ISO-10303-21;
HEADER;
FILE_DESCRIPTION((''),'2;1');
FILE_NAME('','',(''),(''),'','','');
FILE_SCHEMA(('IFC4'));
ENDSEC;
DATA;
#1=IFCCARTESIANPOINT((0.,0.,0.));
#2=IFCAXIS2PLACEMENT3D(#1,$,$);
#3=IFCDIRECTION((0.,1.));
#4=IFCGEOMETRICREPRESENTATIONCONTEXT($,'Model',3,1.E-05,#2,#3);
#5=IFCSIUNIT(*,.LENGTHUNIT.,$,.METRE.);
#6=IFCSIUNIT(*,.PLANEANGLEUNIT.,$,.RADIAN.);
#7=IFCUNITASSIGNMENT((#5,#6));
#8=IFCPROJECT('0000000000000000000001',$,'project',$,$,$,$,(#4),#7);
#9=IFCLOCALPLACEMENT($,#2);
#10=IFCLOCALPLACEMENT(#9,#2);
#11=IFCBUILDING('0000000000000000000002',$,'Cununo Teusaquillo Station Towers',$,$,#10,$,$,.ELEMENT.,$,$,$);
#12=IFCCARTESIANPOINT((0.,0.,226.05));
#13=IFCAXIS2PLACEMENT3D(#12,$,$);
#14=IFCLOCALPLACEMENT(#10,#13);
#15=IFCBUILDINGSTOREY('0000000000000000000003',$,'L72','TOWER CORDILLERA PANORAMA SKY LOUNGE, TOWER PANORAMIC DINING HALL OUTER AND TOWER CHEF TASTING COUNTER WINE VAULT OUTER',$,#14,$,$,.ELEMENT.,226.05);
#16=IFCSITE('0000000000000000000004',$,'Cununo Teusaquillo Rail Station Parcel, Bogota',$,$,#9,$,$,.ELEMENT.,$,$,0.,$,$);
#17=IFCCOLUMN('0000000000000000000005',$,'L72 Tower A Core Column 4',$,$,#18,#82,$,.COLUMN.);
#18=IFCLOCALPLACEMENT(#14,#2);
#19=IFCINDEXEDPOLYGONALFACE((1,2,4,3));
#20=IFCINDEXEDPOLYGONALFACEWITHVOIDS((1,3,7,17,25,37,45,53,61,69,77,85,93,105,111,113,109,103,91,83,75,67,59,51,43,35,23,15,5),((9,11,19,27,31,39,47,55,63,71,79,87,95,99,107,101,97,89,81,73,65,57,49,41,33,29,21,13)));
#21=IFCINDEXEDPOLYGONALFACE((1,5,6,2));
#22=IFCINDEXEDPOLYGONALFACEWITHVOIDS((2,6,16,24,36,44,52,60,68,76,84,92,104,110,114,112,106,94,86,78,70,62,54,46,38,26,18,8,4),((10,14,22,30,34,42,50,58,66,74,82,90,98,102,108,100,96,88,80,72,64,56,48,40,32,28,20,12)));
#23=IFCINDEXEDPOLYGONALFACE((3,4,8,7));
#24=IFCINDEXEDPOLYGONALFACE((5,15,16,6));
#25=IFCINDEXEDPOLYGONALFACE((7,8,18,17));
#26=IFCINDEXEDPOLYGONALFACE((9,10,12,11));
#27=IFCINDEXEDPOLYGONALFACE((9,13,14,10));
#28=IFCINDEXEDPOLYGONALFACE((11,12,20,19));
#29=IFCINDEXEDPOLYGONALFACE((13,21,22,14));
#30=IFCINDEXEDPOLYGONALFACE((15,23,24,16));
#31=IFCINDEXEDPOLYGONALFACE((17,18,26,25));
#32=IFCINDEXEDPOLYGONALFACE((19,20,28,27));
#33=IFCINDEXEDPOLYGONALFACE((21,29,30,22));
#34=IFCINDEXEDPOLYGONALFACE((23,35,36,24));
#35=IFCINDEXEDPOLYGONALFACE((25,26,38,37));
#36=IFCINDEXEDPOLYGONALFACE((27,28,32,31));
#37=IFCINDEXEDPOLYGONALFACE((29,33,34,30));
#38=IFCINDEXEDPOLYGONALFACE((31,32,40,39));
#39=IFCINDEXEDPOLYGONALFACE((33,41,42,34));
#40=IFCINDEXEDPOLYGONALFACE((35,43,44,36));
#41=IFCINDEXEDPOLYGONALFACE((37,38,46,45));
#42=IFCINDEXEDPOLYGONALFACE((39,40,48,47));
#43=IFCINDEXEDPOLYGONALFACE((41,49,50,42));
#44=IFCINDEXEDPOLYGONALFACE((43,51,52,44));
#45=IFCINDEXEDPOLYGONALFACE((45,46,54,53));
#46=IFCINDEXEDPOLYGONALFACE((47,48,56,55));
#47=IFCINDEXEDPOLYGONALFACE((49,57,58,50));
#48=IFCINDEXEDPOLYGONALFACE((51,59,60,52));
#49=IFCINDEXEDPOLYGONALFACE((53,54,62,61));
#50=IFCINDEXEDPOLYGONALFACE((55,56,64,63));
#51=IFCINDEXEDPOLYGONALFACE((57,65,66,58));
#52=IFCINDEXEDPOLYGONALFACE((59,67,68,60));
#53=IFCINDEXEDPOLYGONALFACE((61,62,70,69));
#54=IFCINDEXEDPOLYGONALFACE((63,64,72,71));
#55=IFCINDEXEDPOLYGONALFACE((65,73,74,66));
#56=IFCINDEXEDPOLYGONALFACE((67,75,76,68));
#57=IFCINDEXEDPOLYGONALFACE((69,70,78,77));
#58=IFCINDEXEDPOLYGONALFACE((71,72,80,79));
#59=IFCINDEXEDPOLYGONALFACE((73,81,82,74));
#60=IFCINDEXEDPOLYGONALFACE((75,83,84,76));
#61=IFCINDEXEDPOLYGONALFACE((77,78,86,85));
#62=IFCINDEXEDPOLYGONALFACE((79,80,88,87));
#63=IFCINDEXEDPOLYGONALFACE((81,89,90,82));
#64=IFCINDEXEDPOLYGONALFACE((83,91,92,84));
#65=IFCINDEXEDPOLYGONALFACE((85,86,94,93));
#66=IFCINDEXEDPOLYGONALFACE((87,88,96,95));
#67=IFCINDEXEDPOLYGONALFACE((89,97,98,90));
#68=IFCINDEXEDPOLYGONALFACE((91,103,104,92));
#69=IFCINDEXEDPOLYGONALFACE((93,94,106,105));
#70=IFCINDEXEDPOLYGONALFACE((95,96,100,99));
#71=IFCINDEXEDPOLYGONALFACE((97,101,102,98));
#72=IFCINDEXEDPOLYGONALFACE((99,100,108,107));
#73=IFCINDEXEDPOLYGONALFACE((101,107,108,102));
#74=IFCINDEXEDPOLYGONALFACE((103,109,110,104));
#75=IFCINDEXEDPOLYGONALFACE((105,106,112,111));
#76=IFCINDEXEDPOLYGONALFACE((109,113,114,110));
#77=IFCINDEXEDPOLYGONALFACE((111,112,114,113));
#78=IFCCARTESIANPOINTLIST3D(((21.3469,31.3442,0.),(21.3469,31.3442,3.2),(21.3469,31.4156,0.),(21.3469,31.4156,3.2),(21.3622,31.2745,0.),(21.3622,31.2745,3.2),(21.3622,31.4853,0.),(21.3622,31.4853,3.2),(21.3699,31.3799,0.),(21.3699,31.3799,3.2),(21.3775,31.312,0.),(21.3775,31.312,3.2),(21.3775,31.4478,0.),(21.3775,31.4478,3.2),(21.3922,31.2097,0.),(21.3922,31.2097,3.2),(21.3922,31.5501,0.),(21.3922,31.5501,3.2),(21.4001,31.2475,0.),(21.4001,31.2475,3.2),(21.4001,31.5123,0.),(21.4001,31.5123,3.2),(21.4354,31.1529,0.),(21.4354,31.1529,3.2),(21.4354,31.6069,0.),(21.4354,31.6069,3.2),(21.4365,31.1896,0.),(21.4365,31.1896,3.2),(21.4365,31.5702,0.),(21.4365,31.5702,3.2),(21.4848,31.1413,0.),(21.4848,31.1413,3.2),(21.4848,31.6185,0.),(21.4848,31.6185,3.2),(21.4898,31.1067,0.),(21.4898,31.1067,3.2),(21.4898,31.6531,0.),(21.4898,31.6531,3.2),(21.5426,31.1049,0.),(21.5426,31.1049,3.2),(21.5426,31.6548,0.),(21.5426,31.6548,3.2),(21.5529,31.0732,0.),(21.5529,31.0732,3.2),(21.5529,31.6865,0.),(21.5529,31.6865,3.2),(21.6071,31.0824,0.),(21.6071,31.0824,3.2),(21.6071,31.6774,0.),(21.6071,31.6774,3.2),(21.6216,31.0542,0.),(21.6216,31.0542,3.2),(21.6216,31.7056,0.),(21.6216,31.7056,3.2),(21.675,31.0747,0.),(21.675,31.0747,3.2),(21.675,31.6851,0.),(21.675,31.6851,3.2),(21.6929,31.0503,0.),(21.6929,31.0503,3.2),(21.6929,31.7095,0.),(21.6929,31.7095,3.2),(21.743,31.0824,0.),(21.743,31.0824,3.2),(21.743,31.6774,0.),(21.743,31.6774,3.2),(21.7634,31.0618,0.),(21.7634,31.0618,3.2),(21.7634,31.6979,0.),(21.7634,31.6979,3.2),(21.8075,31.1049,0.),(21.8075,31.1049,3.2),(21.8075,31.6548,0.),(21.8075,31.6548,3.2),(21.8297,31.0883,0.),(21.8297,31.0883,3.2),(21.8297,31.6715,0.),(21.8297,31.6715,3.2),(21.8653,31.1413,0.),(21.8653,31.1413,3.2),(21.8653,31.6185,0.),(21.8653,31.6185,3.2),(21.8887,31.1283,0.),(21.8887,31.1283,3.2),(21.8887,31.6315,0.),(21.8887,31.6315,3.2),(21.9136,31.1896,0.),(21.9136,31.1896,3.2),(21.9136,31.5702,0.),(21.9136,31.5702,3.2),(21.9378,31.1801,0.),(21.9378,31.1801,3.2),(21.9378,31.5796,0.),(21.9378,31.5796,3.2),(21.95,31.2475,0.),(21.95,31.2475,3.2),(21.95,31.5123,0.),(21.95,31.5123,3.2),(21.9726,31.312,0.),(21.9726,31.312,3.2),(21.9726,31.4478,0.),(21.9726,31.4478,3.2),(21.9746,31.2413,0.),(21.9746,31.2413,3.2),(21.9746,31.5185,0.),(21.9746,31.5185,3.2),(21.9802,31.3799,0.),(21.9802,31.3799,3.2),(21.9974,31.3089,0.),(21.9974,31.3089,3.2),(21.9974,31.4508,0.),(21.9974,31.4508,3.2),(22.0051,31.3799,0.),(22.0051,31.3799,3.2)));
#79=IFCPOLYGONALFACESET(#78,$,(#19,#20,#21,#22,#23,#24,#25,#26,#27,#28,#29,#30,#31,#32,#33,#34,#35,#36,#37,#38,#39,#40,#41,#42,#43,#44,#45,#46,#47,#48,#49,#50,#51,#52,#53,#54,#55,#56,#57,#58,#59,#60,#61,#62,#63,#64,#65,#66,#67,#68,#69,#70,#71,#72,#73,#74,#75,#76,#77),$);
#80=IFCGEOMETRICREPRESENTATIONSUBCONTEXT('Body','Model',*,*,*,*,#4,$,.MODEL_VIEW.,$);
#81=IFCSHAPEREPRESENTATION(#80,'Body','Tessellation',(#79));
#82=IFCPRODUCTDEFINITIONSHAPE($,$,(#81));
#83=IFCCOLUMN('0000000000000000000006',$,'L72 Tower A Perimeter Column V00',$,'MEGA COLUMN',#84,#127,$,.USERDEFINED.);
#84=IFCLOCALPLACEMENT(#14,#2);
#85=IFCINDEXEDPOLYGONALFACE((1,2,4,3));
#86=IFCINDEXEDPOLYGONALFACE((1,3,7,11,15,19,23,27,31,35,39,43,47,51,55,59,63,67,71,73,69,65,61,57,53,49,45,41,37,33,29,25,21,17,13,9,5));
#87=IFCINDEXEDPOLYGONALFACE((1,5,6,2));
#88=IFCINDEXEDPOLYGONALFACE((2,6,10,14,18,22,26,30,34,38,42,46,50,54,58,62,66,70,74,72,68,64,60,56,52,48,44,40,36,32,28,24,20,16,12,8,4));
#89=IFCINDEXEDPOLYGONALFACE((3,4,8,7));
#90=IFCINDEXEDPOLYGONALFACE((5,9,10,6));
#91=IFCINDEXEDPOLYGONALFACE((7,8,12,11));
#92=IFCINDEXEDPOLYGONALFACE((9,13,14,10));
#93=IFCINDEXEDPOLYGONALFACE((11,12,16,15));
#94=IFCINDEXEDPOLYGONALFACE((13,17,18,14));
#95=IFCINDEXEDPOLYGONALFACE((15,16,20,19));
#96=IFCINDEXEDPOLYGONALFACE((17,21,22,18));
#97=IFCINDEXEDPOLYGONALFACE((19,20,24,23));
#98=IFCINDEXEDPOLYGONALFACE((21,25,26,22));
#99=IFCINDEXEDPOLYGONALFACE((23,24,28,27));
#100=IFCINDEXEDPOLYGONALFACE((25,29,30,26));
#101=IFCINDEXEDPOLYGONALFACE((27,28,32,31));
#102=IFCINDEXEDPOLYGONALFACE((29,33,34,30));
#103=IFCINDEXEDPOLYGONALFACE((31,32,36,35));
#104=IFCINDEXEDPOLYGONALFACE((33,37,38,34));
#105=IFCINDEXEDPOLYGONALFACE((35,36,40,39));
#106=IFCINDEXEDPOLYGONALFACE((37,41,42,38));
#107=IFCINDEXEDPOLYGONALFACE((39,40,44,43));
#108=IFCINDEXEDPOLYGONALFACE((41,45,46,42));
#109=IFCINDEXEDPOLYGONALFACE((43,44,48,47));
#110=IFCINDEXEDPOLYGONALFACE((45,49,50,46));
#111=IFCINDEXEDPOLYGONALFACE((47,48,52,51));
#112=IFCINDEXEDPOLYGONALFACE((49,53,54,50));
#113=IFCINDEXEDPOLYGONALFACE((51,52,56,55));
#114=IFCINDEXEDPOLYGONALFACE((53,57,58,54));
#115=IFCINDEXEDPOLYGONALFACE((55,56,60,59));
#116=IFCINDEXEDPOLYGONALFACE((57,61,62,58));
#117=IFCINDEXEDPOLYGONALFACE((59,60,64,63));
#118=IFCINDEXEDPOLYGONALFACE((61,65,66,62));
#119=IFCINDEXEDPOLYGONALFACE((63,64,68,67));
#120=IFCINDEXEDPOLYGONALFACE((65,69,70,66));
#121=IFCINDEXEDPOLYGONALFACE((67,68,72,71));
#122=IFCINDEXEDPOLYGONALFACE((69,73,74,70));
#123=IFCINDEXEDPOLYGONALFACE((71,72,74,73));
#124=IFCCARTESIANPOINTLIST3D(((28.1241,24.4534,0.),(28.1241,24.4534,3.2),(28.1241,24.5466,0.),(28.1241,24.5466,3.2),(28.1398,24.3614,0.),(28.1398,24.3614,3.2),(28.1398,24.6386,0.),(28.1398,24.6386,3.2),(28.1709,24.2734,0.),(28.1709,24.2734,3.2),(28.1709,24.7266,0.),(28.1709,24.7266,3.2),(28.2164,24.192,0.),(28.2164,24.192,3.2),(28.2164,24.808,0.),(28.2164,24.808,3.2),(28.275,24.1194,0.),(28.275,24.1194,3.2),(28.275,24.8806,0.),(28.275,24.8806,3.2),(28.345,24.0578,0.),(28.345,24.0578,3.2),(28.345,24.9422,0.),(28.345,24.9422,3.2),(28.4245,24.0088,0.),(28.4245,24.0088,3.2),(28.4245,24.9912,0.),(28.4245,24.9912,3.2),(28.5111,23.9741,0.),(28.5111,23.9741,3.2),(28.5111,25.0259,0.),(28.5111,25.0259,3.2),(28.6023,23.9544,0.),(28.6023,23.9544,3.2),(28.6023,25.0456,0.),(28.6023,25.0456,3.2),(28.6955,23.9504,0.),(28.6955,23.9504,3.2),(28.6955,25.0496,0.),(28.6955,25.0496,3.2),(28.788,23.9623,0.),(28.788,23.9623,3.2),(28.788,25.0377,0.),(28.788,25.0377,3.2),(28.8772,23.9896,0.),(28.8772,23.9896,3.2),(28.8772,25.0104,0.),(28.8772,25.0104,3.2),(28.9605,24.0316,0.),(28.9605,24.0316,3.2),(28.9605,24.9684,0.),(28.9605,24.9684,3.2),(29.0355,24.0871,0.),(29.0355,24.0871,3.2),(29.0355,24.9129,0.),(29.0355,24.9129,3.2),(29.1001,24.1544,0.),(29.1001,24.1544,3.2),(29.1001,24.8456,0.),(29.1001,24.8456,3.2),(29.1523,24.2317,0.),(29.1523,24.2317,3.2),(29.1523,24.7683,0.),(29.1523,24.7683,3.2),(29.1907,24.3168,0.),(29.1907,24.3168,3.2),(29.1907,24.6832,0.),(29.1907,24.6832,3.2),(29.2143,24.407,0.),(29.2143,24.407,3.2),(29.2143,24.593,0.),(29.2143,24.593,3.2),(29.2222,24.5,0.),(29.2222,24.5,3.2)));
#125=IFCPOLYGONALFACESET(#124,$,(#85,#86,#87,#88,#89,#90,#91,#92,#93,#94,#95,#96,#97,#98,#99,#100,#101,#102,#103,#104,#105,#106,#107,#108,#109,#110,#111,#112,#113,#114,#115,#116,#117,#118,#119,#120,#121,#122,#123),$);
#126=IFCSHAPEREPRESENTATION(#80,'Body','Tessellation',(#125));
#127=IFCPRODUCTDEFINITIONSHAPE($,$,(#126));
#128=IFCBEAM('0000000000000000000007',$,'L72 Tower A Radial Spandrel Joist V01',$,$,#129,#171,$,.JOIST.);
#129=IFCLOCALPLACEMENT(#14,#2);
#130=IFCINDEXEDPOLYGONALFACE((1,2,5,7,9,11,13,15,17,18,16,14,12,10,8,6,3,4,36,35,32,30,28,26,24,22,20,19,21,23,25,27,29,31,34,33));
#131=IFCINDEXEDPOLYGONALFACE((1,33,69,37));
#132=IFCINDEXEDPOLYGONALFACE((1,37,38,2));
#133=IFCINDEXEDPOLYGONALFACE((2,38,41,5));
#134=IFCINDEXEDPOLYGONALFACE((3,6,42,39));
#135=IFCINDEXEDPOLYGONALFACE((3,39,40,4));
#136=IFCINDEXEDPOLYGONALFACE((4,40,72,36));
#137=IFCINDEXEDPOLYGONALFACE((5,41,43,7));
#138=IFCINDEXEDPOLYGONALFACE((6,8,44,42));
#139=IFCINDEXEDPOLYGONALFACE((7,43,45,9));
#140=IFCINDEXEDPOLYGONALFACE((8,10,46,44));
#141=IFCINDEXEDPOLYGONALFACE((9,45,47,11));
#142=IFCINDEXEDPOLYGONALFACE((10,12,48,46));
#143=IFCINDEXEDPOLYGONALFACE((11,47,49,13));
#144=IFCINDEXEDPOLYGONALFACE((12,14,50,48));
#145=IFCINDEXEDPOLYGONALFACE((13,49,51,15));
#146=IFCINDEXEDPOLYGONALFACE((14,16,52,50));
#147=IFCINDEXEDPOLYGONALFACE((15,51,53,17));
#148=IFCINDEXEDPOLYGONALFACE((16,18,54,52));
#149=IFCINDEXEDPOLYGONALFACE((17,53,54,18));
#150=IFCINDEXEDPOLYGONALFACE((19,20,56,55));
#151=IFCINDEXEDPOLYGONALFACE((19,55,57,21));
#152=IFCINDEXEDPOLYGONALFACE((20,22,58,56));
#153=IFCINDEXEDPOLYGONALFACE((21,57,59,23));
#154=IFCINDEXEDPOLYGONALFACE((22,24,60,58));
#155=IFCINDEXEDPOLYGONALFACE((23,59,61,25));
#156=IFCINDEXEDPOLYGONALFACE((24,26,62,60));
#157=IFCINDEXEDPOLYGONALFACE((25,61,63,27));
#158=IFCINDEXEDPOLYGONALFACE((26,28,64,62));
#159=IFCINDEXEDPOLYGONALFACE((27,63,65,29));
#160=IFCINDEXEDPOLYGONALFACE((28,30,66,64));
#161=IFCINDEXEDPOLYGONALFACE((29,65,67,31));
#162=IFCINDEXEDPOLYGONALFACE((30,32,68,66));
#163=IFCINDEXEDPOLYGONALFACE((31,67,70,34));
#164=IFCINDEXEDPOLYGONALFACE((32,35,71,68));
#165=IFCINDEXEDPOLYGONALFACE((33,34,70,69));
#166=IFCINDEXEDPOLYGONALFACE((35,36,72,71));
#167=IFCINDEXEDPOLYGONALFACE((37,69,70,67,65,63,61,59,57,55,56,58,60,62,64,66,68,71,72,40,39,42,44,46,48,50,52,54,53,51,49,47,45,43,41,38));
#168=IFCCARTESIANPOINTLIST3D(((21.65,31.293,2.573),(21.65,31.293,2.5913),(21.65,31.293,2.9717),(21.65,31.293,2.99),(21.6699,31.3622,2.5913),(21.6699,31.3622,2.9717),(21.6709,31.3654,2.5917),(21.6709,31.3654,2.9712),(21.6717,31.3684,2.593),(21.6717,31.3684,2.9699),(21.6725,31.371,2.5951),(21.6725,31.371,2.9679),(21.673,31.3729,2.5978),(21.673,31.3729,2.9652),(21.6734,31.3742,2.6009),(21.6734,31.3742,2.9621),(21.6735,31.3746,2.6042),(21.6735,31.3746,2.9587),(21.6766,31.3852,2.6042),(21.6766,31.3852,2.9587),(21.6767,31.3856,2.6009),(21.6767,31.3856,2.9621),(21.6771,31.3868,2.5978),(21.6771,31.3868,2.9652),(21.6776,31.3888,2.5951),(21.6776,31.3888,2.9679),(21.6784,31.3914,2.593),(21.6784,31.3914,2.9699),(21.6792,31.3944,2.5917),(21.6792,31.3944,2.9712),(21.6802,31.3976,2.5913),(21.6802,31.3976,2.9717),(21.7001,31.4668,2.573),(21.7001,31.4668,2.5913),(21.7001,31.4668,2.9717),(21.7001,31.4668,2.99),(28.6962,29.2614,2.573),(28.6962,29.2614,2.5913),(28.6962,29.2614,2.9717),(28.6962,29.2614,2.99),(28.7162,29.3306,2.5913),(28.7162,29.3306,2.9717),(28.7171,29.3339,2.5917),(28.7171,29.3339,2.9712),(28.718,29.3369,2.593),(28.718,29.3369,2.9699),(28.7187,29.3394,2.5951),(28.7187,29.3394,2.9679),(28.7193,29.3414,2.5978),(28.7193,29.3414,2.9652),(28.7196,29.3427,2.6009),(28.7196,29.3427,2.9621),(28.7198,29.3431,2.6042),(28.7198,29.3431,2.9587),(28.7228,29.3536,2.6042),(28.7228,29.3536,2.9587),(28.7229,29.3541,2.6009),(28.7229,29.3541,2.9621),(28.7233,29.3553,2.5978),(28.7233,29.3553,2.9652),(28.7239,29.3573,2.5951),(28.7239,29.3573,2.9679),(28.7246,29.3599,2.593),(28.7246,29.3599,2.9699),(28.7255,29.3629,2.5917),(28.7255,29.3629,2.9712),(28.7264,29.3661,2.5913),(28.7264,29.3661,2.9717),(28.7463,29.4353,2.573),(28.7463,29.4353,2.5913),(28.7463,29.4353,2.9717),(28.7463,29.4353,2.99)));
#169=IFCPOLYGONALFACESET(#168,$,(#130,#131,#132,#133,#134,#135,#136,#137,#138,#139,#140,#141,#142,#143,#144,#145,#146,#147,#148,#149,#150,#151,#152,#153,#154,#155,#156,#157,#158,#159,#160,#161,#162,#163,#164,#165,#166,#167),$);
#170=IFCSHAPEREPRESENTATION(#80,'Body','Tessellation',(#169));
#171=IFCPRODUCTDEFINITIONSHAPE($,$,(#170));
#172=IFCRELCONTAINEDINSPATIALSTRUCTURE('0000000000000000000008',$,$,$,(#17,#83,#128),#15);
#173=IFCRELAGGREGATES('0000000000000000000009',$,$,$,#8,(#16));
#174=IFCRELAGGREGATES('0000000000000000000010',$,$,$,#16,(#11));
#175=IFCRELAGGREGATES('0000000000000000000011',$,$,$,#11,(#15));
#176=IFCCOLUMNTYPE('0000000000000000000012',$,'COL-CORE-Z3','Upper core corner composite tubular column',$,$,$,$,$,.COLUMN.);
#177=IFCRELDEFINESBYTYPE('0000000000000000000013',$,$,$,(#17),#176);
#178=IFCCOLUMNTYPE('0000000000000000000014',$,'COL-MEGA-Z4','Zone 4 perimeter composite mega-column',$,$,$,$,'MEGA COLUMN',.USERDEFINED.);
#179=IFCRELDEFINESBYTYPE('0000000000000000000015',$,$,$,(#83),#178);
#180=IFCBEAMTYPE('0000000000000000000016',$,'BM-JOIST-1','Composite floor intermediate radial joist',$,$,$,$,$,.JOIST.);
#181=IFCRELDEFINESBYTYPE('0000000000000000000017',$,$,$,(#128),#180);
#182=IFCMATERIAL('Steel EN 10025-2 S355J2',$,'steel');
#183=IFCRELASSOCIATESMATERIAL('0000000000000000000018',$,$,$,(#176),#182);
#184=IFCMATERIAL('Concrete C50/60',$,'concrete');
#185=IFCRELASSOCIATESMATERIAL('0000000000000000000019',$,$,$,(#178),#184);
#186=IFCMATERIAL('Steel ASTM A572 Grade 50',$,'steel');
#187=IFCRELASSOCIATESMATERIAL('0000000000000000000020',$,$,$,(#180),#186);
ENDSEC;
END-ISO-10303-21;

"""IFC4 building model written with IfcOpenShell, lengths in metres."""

from ifc_helpers import new_model, si_unit, direction, frame, origin, origin_2d, place, context, subcontext, project, spatial, circle, hollow_circle, i_section, extrude, material, material_profile, profile_set, type_object, element, save


model = new_model("IFC4")

# Units and contexts
model_context = context("Model", 3, precision=1e-05, world=origin(), true_north=direction((0.0, 1.0)))
body_context = subcontext(model_context, "Body", "Model", "MODEL_VIEW")
ifc_project = project(units=[si_unit("LENGTHUNIT", "METRE"), si_unit("PLANEANGLEUNIT", "RADIAN")], contexts=[model_context])

# Site, building, storey
site_placement = place(None, origin())
site = spatial("IfcSite", under=ifc_project, at=site_placement, Name="Cununo Teusaquillo Rail Station Parcel, Bogota", CompositionType="ELEMENT", RefElevation=0.0)
building_placement = place(site_placement, origin())
building = spatial("IfcBuilding", under=site, at=building_placement, Name="Cununo Teusaquillo Station Towers", CompositionType="ELEMENT")
storey_placement = place(building_placement, frame((0.0, 0.0, 226.05)))
storey = spatial("IfcBuildingStorey", under=building, at=storey_placement, Name="L72", Description="TOWER CORDILLERA PANORAMA SKY LOUNGE, TOWER PANORAMIC DINING HALL OUTER AND TOWER CHEF TASTING COUNTER WINE VAULT OUTER", CompositionType="ELEMENT", Elevation=226.05)

# Columns
ifc_material_1 = material(Name="Steel EN 10025-2 S355J2", Category="steel")
ifc_material_profile_1 = material_profile(ifc_material_1, hollow_circle(Radius=0.3301, WallThickness=0.0249, at=origin_2d()), Name="CHS 660x25")
ifc_profile_set_1 = profile_set([ifc_material_profile_1], Name="Steel EN 10025-2 S355J2")
column_type_1 = type_object("IfcColumnType", Name="COL-CORE-Z3", Description="Upper core corner composite tubular column", PredefinedType="COLUMN", material=ifc_profile_set_1)
column_1_placement = place(storey_placement, frame((21.675, 31.3799, 0.0), z_axis=(0.0, 0.0, 1.0), x_axis=(1.0, 0.0, 0.0)))
element("IfcColumn", 1, at=column_1_placement, inside=storey, type_object=column_type_1, Name="L72 Tower A Core Column 4", PredefinedType="COLUMN", context=body_context, shape_type="SweptSolid", body=[
    extrude(hollow_circle(Radius=0.3301, WallThickness=0.0249, at=origin_2d()), origin(), (0.0, 0.0, 1.0), 3.2),
])
ifc_material_2 = material(Name="Concrete C50/60", Category="concrete")
ifc_material_profile_2 = material_profile(ifc_material_2, circle(Radius=0.55, at=origin_2d()), Name="RC-CIRC-1100")
ifc_profile_set_2 = profile_set([ifc_material_profile_2], Name="Concrete C50/60")
column_type_2 = type_object("IfcColumnType", Name="COL-MEGA-Z4", Description="Zone 4 perimeter composite mega-column", ElementType="MEGA COLUMN", PredefinedType="USERDEFINED", material=ifc_profile_set_2)
column_2_placement = place(storey_placement, frame((28.6721, 24.5, 0.0), z_axis=(0.0, 0.0, 1.0), x_axis=(1.0, 0.0, 0.0)))
element("IfcColumn", 2, at=column_2_placement, inside=storey, type_object=column_type_2, Name="L72 Tower A Perimeter Column V00", ObjectType="MEGA COLUMN", PredefinedType="USERDEFINED", context=body_context, shape_type="SweptSolid", body=[
    extrude(circle(Radius=0.55, at=origin_2d()), origin(), (0.0, 0.0, 1.0), 3.2),
])

# Beam
ifc_material_3 = material(Name="Steel ASTM A572 Grade 50", Category="steel")
ifc_material_profile_3 = material_profile(ifc_material_3, i_section(OverallWidth=0.1809, OverallDepth=0.417, WebThickness=0.011, FlangeThickness=0.0183, FilletRadius=0.0129, at=origin_2d()), Name="W16X57")
ifc_profile_set_3 = profile_set([ifc_material_profile_3], Name="Steel ASTM A572 Grade 50")
beam_type_1 = type_object("IfcBeamType", Name="BM-JOIST-1", Description="Composite floor intermediate radial joist", PredefinedType="JOIST", material=ifc_profile_set_3)
beam_1_placement = place(storey_placement, frame((21.675, 31.3799, 2.7815), z_axis=(0.960862, -0.277029, 0.0), x_axis=(0.277029, 0.960862, 0.0)))
element("IfcBeam", 3, at=beam_1_placement, inside=storey, type_object=beam_type_1, Name="L72 Tower A Radial Spandrel Joist V01", PredefinedType="JOIST", context=body_context, shape_type="SweptSolid", body=[
    extrude(i_section(OverallWidth=0.1809, OverallDepth=0.417, WebThickness=0.011, FlangeThickness=0.0183, FilletRadius=0.0129, at=origin_2d()), origin(), (0.0, 0.0, 1.0), 7.3333),
])

save(model, "model.ifc")
